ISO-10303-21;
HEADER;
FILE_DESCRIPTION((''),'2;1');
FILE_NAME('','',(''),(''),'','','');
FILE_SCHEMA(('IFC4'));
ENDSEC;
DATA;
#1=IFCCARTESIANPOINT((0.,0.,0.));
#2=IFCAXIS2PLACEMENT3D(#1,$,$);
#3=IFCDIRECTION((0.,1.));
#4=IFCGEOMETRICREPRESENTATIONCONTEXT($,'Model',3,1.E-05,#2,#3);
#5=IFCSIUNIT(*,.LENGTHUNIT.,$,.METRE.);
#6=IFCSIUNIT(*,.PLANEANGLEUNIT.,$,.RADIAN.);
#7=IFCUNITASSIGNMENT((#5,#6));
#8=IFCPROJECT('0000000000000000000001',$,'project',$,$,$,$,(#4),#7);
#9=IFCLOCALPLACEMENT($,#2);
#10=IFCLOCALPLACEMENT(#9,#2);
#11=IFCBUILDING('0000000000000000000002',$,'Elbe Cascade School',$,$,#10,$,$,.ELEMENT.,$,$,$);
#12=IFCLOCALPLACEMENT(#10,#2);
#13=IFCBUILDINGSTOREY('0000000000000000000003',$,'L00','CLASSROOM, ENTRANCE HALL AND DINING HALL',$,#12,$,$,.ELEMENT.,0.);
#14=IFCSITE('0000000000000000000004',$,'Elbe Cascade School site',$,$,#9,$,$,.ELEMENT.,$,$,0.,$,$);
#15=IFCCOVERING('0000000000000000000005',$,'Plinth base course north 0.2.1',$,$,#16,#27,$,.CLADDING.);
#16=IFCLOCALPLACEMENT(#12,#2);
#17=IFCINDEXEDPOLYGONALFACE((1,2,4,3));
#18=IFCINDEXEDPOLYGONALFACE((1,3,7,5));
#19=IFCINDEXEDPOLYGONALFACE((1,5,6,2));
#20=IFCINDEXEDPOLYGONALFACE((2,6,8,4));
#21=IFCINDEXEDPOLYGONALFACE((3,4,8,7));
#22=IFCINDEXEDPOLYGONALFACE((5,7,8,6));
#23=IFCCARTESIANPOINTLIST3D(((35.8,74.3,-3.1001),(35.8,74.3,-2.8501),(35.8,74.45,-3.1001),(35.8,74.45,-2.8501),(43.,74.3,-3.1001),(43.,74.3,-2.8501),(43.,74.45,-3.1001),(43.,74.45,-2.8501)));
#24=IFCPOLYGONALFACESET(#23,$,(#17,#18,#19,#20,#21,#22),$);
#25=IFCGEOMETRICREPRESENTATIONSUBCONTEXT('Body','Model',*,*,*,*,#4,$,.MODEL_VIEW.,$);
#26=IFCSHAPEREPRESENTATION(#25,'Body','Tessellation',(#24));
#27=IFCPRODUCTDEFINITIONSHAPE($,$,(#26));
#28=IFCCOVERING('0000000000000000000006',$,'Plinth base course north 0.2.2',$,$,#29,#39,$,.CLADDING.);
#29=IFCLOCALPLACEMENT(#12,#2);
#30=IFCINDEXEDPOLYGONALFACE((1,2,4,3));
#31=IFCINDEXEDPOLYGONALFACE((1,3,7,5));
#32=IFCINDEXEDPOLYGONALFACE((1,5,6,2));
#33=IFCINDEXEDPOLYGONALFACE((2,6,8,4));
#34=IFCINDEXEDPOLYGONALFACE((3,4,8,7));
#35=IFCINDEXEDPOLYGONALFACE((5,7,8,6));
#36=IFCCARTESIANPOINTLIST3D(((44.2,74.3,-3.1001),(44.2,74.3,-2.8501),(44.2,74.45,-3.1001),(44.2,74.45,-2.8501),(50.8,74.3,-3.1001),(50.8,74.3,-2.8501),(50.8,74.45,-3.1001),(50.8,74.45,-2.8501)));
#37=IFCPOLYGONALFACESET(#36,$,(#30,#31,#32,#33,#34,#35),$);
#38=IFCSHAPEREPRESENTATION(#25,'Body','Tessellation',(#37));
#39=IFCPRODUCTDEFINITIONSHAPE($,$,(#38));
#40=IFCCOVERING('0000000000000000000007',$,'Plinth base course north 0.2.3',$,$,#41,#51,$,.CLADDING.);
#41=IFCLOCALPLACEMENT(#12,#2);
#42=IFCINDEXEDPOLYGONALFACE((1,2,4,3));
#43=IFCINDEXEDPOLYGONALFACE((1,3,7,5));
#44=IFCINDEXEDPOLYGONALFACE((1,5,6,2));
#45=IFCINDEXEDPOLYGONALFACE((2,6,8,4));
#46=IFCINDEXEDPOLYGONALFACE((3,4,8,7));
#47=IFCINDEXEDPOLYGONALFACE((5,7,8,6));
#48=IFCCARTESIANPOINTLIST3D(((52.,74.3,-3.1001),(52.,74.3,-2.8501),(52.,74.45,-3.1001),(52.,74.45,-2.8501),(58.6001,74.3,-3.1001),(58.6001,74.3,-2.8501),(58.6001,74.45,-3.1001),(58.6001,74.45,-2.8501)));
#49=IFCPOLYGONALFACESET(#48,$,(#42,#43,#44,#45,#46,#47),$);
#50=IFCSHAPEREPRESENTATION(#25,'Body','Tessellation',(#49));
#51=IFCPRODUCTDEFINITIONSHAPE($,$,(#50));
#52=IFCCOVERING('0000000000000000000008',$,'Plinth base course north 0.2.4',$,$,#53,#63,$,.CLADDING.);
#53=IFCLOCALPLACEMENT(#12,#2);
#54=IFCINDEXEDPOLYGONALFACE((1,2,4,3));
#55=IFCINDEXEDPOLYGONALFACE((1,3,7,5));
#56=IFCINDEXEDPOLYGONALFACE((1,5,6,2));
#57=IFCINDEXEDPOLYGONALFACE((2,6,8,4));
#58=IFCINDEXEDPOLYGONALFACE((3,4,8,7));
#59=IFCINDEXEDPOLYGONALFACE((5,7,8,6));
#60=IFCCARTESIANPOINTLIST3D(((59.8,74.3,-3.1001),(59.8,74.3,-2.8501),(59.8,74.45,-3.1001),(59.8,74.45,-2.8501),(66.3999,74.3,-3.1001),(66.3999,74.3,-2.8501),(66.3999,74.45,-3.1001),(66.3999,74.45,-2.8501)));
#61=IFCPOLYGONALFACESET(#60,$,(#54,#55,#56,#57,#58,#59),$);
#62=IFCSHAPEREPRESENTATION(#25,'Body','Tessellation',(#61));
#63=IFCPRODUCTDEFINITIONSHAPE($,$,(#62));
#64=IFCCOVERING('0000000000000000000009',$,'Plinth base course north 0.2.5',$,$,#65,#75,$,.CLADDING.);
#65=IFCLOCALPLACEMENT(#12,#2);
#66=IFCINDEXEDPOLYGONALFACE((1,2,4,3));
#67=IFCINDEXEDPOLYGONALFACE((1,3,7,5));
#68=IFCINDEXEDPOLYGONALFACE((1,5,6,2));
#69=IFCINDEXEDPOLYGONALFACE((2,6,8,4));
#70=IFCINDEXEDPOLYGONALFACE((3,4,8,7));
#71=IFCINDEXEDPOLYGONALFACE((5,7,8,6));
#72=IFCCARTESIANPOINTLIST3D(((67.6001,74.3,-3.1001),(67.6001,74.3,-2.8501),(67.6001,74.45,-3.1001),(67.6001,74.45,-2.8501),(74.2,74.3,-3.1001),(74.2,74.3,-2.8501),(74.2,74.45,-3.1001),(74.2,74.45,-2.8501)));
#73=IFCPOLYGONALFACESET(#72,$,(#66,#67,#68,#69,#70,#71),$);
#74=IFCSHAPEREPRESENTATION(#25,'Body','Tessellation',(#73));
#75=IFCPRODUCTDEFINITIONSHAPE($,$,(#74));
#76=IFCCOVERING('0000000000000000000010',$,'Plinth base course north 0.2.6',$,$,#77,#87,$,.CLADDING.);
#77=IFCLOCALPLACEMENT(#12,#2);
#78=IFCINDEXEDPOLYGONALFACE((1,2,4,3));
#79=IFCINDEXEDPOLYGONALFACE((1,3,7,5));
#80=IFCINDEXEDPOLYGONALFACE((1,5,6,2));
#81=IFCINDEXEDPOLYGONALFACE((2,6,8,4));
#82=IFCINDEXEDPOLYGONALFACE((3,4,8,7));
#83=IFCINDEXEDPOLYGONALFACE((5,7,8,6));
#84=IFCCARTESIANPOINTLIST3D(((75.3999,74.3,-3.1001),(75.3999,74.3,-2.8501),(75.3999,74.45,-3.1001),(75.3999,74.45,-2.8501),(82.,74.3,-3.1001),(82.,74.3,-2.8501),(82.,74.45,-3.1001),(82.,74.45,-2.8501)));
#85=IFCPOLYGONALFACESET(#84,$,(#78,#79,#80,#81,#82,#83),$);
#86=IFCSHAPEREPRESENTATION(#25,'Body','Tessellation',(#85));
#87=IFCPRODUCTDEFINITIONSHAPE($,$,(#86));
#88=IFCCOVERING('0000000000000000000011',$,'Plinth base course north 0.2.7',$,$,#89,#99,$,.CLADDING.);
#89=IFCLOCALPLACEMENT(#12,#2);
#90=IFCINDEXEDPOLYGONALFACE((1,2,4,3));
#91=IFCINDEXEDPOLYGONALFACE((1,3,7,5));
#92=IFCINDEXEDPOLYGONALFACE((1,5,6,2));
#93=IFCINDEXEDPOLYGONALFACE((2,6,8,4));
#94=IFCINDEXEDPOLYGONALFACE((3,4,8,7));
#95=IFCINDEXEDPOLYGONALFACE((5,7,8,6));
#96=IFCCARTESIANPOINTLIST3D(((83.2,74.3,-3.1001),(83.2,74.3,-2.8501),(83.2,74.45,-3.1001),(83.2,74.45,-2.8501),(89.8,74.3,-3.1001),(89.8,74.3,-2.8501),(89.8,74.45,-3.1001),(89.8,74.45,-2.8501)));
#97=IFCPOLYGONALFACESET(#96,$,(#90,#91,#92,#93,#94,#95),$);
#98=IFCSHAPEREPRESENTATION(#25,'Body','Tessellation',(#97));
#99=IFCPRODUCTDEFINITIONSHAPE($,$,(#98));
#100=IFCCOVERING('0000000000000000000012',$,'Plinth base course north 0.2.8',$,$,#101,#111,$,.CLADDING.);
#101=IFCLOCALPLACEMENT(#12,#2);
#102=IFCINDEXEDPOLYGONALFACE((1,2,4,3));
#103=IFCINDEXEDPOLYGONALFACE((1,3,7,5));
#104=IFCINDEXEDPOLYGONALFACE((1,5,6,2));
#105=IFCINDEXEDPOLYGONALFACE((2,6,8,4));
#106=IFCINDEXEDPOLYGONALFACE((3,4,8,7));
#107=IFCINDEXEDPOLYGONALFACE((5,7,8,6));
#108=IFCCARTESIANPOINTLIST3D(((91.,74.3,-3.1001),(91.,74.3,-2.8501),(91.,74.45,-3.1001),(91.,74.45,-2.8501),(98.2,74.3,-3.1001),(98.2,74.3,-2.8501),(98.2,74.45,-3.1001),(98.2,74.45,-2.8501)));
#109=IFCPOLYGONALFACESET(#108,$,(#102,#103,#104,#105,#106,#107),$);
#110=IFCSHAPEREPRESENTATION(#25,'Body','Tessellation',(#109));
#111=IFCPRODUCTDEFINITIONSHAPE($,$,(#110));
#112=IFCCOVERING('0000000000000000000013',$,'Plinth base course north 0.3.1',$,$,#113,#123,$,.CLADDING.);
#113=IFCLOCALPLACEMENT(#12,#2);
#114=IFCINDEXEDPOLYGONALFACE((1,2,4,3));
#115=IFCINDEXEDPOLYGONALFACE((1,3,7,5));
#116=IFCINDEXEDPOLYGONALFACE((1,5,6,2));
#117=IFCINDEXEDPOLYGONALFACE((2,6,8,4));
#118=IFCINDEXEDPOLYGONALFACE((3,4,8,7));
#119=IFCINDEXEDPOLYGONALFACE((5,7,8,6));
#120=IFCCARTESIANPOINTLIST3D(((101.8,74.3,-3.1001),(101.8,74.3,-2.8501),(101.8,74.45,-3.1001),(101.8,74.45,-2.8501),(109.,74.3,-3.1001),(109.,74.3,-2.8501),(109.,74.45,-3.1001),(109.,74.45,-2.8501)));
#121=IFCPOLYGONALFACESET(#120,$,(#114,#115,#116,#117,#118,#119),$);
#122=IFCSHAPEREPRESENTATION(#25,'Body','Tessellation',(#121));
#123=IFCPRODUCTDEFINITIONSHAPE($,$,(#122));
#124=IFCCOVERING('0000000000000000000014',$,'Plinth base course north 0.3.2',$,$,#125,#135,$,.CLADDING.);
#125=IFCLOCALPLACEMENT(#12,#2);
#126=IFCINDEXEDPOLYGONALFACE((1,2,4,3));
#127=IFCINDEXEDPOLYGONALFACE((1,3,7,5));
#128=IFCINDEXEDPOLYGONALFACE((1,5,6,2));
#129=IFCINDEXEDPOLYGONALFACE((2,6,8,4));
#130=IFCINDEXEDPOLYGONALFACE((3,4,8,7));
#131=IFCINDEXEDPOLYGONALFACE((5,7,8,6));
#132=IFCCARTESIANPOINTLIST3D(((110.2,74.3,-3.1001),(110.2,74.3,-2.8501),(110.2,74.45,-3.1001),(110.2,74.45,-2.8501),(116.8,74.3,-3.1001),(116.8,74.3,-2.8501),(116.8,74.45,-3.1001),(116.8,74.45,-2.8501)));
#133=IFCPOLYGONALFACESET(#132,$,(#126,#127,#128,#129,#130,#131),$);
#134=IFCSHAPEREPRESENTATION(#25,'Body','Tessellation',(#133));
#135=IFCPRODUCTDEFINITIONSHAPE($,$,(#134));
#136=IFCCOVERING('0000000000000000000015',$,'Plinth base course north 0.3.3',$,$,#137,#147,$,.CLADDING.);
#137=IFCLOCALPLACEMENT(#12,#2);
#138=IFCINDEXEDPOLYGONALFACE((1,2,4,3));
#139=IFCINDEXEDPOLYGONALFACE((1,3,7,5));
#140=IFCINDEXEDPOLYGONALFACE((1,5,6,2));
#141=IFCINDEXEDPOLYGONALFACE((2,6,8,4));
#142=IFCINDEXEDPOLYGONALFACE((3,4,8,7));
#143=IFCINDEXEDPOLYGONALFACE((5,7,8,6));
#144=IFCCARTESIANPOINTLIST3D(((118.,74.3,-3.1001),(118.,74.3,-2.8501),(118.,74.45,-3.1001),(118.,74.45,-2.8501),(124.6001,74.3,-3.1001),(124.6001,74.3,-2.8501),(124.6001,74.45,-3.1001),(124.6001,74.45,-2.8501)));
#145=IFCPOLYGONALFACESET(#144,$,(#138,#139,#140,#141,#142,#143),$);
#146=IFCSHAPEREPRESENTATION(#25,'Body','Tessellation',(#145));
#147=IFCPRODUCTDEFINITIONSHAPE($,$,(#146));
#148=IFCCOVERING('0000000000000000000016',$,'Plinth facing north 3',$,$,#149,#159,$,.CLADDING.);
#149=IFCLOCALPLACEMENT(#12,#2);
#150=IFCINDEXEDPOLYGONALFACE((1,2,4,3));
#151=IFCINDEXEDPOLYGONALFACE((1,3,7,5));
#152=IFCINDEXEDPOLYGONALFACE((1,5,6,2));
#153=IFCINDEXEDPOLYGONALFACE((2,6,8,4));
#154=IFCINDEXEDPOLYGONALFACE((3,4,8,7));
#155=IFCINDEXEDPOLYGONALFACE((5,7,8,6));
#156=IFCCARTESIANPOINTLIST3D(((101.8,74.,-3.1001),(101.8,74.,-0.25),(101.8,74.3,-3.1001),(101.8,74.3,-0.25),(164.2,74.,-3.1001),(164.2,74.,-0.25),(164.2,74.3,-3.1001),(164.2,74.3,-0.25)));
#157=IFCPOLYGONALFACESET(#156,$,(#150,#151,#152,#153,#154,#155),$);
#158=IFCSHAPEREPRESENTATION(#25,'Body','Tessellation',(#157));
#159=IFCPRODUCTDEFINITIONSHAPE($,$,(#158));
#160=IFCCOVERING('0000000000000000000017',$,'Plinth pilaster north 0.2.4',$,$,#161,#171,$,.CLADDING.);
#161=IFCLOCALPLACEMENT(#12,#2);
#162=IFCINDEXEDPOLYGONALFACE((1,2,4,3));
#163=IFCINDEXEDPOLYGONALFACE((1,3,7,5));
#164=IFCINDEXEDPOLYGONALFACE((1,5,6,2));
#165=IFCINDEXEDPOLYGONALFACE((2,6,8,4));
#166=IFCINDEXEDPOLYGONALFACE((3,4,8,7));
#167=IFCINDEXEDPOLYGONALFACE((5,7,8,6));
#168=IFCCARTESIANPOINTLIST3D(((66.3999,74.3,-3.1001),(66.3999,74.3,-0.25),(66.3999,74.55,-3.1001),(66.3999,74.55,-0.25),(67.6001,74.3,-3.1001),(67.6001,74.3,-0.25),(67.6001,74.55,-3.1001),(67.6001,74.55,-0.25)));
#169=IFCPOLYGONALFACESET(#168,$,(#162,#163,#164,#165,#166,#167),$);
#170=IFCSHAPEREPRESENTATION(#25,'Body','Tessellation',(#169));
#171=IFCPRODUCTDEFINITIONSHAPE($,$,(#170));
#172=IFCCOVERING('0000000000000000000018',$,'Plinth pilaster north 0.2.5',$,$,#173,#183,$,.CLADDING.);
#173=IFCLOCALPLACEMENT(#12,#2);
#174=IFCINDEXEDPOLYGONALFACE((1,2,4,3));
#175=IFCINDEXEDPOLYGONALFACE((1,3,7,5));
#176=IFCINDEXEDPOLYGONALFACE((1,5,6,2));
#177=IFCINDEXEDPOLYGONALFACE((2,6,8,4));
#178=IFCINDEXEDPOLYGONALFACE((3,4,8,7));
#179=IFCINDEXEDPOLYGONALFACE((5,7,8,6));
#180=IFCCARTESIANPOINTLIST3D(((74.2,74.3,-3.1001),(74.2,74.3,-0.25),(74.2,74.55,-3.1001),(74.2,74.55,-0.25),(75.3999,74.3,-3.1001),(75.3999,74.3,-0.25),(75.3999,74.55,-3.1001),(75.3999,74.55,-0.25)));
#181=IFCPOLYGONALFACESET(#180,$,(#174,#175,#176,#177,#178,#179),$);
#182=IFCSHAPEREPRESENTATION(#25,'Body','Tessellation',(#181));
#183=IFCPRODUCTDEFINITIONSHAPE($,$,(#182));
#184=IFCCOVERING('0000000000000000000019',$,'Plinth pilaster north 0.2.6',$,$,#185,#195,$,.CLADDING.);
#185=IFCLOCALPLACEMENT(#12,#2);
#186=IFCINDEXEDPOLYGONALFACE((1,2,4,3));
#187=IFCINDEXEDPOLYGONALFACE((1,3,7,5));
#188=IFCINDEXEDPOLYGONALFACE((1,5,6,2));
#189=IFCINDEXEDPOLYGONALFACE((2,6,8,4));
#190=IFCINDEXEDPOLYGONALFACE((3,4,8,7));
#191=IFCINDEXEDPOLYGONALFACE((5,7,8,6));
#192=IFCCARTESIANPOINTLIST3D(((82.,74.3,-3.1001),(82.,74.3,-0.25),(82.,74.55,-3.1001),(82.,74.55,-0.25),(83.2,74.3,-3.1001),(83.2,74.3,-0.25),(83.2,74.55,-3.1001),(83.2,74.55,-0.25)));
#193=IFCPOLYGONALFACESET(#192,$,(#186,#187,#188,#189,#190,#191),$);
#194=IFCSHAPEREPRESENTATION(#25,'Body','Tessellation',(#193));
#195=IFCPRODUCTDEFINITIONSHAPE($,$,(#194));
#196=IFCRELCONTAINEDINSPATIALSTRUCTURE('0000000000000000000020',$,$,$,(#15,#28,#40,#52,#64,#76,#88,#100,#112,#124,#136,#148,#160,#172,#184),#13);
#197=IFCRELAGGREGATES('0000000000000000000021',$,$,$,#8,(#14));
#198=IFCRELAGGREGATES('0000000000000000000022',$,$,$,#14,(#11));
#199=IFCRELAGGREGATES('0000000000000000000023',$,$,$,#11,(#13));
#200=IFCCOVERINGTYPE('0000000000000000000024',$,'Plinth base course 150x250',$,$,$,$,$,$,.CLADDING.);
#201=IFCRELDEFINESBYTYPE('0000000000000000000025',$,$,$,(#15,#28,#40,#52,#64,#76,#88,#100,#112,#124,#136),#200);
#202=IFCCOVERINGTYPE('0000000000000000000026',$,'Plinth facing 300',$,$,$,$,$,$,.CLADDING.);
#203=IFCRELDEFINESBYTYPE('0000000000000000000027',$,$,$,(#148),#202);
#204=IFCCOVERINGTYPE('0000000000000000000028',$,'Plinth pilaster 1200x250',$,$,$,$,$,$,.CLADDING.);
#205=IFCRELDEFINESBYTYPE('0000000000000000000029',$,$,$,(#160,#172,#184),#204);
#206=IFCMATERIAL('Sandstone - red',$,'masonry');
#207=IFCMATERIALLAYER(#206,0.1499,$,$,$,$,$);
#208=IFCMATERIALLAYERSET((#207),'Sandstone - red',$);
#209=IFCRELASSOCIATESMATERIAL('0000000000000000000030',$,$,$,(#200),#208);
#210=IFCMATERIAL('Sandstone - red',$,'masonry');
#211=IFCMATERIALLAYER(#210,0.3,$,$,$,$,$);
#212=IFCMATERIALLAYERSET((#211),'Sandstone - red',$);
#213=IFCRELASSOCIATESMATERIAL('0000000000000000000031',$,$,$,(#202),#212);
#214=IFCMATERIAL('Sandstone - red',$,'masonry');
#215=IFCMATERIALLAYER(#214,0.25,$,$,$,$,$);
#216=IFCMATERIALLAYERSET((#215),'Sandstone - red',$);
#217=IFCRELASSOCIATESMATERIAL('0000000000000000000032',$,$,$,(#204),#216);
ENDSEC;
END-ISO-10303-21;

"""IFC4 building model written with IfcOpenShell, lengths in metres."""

from ifc_helpers import new_model, si_unit, direction, frame, origin, place, context, subcontext, project, spatial, polyline, outline, extrude, material, layer, layer_set, type_object, element, save


model = new_model("IFC4")

# Units and contexts
model_context = context("Model", 3, precision=1e-05, world=origin(), true_north=direction((0.0, 1.0)))
body_context = subcontext(model_context, "Body", "Model", "MODEL_VIEW")
ifc_project = project(units=[si_unit("LENGTHUNIT", "METRE"), si_unit("PLANEANGLEUNIT", "RADIAN")], contexts=[model_context])

# Site, building, storey
site_placement = place(None, origin())
site = spatial("IfcSite", under=ifc_project, at=site_placement, Name="Elbe Cascade School site", CompositionType="ELEMENT", RefElevation=0.0)
building_placement = place(site_placement, origin())
building = spatial("IfcBuilding", under=site, at=building_placement, Name="Elbe Cascade School", CompositionType="ELEMENT")
storey_placement = place(building_placement, origin())
storey = spatial("IfcBuildingStorey", under=building, at=storey_placement, Name="L00", Description="CLASSROOM, ENTRANCE HALL AND DINING HALL", CompositionType="ELEMENT", Elevation=0.0)

# Coverings
ifc_material_1 = material(Name="Sandstone - red", Category="masonry")
ifc_layer_1 = layer(ifc_material_1, 0.1499)
ifc_layer_set_1 = layer_set([ifc_layer_1], Name="Sandstone - red")
covering_type_1 = type_object("IfcCoveringType", Name="Plinth base course 150x250", PredefinedType="CLADDING", material=ifc_layer_set_1)
covering_1_placement = place(storey_placement, frame((0.0, 0.0, -3.1001)))
element("IfcCovering", 1, at=covering_1_placement, inside=storey, type_object=covering_type_1, Name="Plinth base course north 0.2.1", PredefinedType="CLADDING", context=body_context, shape_type="SweptSolid", body=[
    extrude(outline(polyline([(35.8, 74.3), (43.0, 74.3), (43.0, 74.45), (35.8, 74.45), (35.8, 74.3)])), origin(), (0.0, 0.0, 1.0), 0.25),
])
covering_2_placement = place(storey_placement, frame((0.0, 0.0, -3.1001)))
element("IfcCovering", 2, at=covering_2_placement, inside=storey, type_object=covering_type_1, Name="Plinth base course north 0.2.2", PredefinedType="CLADDING", context=body_context, shape_type="SweptSolid", body=[
    extrude(outline(polyline([(44.2, 74.3), (50.8, 74.3), (50.8, 74.45), (44.2, 74.45), (44.2, 74.3)])), origin(), (0.0, 0.0, 1.0), 0.25),
])
covering_3_placement = place(storey_placement, frame((0.0, 0.0, -3.1001)))
element("IfcCovering", 3, at=covering_3_placement, inside=storey, type_object=covering_type_1, Name="Plinth base course north 0.2.3", PredefinedType="CLADDING", context=body_context, shape_type="SweptSolid", body=[
    extrude(outline(polyline([(52.0, 74.3), (58.6001, 74.3), (58.6001, 74.45), (52.0, 74.45), (52.0, 74.3)])), origin(), (0.0, 0.0, 1.0), 0.25),
])
covering_4_placement = place(storey_placement, frame((0.0, 0.0, -3.1001)))
element("IfcCovering", 4, at=covering_4_placement, inside=storey, type_object=covering_type_1, Name="Plinth base course north 0.2.4", PredefinedType="CLADDING", context=body_context, shape_type="SweptSolid", body=[
    extrude(outline(polyline([(59.8, 74.3), (66.3999, 74.3), (66.3999, 74.45), (59.8, 74.45), (59.8, 74.3)])), origin(), (0.0, 0.0, 1.0), 0.25),
])
covering_5_placement = place(storey_placement, frame((0.0, 0.0, -3.1001)))
element("IfcCovering", 5, at=covering_5_placement, inside=storey, type_object=covering_type_1, Name="Plinth base course north 0.2.5", PredefinedType="CLADDING", context=body_context, shape_type="SweptSolid", body=[
    extrude(outline(polyline([(67.6001, 74.3), (74.2, 74.3), (74.2, 74.45), (67.6001, 74.45), (67.6001, 74.3)])), origin(), (0.0, 0.0, 1.0), 0.25),
])
covering_6_placement = place(storey_placement, frame((0.0, 0.0, -3.1001)))
element("IfcCovering", 6, at=covering_6_placement, inside=storey, type_object=covering_type_1, Name="Plinth base course north 0.2.6", PredefinedType="CLADDING", context=body_context, shape_type="SweptSolid", body=[
    extrude(outline(polyline([(75.3999, 74.3), (82.0, 74.3), (82.0, 74.45), (75.3999, 74.45), (75.3999, 74.3)])), origin(), (0.0, 0.0, 1.0), 0.25),
])
covering_7_placement = place(storey_placement, frame((0.0, 0.0, -3.1001)))
element("IfcCovering", 7, at=covering_7_placement, inside=storey, type_object=covering_type_1, Name="Plinth base course north 0.2.7", PredefinedType="CLADDING", context=body_context, shape_type="SweptSolid", body=[
    extrude(outline(polyline([(83.2, 74.3), (89.8, 74.3), (89.8, 74.45), (83.2, 74.45), (83.2, 74.3)])), origin(), (0.0, 0.0, 1.0), 0.25),
])
covering_8_placement = place(storey_placement, frame((0.0, 0.0, -3.1001)))
element("IfcCovering", 8, at=covering_8_placement, inside=storey, type_object=covering_type_1, Name="Plinth base course north 0.2.8", PredefinedType="CLADDING", context=body_context, shape_type="SweptSolid", body=[
    extrude(outline(polyline([(91.0, 74.3), (98.2, 74.3), (98.2, 74.45), (91.0, 74.45), (91.0, 74.3)])), origin(), (0.0, 0.0, 1.0), 0.25),
])
covering_9_placement = place(storey_placement, frame((0.0, 0.0, -3.1001)))
element("IfcCovering", 9, at=covering_9_placement, inside=storey, type_object=covering_type_1, Name="Plinth base course north 0.3.1", PredefinedType="CLADDING", context=body_context, shape_type="SweptSolid", body=[
    extrude(outline(polyline([(101.8, 74.3), (109.0, 74.3), (109.0, 74.45), (101.8, 74.45), (101.8, 74.3)])), origin(), (0.0, 0.0, 1.0), 0.25),
])
covering_10_placement = place(storey_placement, frame((0.0, 0.0, -3.1001)))
element("IfcCovering", 10, at=covering_10_placement, inside=storey, type_object=covering_type_1, Name="Plinth base course north 0.3.2", PredefinedType="CLADDING", context=body_context, shape_type="SweptSolid", body=[
    extrude(outline(polyline([(110.2, 74.3), (116.8, 74.3), (116.8, 74.45), (110.2, 74.45), (110.2, 74.3)])), origin(), (0.0, 0.0, 1.0), 0.25),
])
covering_11_placement = place(storey_placement, frame((0.0, 0.0, -3.1001)))
element("IfcCovering", 11, at=covering_11_placement, inside=storey, type_object=covering_type_1, Name="Plinth base course north 0.3.3", PredefinedType="CLADDING", context=body_context, shape_type="SweptSolid", body=[
    extrude(outline(polyline([(118.0, 74.3), (124.6001, 74.3), (124.6001, 74.45), (118.0, 74.45), (118.0, 74.3)])), origin(), (0.0, 0.0, 1.0), 0.25),
])
ifc_material_2 = material(Name="Sandstone - red", Category="masonry")
ifc_layer_2 = layer(ifc_material_2, 0.3)
ifc_layer_set_2 = layer_set([ifc_layer_2], Name="Sandstone - red")
covering_type_2 = type_object("IfcCoveringType", Name="Plinth facing 300", PredefinedType="CLADDING", material=ifc_layer_set_2)
covering_12_placement = place(storey_placement, frame((0.0, 0.0, -3.1001)))
element("IfcCovering", 12, at=covering_12_placement, inside=storey, type_object=covering_type_2, Name="Plinth facing north 3", PredefinedType="CLADDING", context=body_context, shape_type="SweptSolid", body=[
    extrude(outline(polyline([(101.8, 74.0), (164.2, 74.0), (164.2, 74.3), (101.8, 74.3), (101.8, 74.0)])), origin(), (0.0, 0.0, 1.0), 2.8501),
])
ifc_material_3 = material(Name="Sandstone - red", Category="masonry")
ifc_layer_3 = layer(ifc_material_3, 0.25)
ifc_layer_set_3 = layer_set([ifc_layer_3], Name="Sandstone - red")
covering_type_3 = type_object("IfcCoveringType", Name="Plinth pilaster 1200x250", PredefinedType="CLADDING", material=ifc_layer_set_3)
covering_13_placement = place(storey_placement, frame((0.0, 0.0, -3.1001)))
element("IfcCovering", 13, at=covering_13_placement, inside=storey, type_object=covering_type_3, Name="Plinth pilaster north 0.2.4", PredefinedType="CLADDING", context=body_context, shape_type="SweptSolid", body=[
    extrude(outline(polyline([(66.3999, 74.3), (67.6001, 74.3), (67.6001, 74.55), (66.3999, 74.55), (66.3999, 74.3)])), origin(), (0.0, 0.0, 1.0), 2.8501),
])
covering_14_placement = place(storey_placement, frame((0.0, 0.0, -3.1001)))
element("IfcCovering", 14, at=covering_14_placement, inside=storey, type_object=covering_type_3, Name="Plinth pilaster north 0.2.5", PredefinedType="CLADDING", context=body_context, shape_type="SweptSolid", body=[
    extrude(outline(polyline([(74.2, 74.3), (75.3999, 74.3), (75.3999, 74.55), (74.2, 74.55), (74.2, 74.3)])), origin(), (0.0, 0.0, 1.0), 2.8501),
])
covering_15_placement = place(storey_placement, frame((0.0, 0.0, -3.1001)))
element("IfcCovering", 15, at=covering_15_placement, inside=storey, type_object=covering_type_3, Name="Plinth pilaster north 0.2.6", PredefinedType="CLADDING", context=body_context, shape_type="SweptSolid", body=[
    extrude(outline(polyline([(82.0, 74.3), (83.2, 74.3), (83.2, 74.55), (82.0, 74.55), (82.0, 74.3)])), origin(), (0.0, 0.0, 1.0), 2.8501),
])

save(model, "model.ifc")
